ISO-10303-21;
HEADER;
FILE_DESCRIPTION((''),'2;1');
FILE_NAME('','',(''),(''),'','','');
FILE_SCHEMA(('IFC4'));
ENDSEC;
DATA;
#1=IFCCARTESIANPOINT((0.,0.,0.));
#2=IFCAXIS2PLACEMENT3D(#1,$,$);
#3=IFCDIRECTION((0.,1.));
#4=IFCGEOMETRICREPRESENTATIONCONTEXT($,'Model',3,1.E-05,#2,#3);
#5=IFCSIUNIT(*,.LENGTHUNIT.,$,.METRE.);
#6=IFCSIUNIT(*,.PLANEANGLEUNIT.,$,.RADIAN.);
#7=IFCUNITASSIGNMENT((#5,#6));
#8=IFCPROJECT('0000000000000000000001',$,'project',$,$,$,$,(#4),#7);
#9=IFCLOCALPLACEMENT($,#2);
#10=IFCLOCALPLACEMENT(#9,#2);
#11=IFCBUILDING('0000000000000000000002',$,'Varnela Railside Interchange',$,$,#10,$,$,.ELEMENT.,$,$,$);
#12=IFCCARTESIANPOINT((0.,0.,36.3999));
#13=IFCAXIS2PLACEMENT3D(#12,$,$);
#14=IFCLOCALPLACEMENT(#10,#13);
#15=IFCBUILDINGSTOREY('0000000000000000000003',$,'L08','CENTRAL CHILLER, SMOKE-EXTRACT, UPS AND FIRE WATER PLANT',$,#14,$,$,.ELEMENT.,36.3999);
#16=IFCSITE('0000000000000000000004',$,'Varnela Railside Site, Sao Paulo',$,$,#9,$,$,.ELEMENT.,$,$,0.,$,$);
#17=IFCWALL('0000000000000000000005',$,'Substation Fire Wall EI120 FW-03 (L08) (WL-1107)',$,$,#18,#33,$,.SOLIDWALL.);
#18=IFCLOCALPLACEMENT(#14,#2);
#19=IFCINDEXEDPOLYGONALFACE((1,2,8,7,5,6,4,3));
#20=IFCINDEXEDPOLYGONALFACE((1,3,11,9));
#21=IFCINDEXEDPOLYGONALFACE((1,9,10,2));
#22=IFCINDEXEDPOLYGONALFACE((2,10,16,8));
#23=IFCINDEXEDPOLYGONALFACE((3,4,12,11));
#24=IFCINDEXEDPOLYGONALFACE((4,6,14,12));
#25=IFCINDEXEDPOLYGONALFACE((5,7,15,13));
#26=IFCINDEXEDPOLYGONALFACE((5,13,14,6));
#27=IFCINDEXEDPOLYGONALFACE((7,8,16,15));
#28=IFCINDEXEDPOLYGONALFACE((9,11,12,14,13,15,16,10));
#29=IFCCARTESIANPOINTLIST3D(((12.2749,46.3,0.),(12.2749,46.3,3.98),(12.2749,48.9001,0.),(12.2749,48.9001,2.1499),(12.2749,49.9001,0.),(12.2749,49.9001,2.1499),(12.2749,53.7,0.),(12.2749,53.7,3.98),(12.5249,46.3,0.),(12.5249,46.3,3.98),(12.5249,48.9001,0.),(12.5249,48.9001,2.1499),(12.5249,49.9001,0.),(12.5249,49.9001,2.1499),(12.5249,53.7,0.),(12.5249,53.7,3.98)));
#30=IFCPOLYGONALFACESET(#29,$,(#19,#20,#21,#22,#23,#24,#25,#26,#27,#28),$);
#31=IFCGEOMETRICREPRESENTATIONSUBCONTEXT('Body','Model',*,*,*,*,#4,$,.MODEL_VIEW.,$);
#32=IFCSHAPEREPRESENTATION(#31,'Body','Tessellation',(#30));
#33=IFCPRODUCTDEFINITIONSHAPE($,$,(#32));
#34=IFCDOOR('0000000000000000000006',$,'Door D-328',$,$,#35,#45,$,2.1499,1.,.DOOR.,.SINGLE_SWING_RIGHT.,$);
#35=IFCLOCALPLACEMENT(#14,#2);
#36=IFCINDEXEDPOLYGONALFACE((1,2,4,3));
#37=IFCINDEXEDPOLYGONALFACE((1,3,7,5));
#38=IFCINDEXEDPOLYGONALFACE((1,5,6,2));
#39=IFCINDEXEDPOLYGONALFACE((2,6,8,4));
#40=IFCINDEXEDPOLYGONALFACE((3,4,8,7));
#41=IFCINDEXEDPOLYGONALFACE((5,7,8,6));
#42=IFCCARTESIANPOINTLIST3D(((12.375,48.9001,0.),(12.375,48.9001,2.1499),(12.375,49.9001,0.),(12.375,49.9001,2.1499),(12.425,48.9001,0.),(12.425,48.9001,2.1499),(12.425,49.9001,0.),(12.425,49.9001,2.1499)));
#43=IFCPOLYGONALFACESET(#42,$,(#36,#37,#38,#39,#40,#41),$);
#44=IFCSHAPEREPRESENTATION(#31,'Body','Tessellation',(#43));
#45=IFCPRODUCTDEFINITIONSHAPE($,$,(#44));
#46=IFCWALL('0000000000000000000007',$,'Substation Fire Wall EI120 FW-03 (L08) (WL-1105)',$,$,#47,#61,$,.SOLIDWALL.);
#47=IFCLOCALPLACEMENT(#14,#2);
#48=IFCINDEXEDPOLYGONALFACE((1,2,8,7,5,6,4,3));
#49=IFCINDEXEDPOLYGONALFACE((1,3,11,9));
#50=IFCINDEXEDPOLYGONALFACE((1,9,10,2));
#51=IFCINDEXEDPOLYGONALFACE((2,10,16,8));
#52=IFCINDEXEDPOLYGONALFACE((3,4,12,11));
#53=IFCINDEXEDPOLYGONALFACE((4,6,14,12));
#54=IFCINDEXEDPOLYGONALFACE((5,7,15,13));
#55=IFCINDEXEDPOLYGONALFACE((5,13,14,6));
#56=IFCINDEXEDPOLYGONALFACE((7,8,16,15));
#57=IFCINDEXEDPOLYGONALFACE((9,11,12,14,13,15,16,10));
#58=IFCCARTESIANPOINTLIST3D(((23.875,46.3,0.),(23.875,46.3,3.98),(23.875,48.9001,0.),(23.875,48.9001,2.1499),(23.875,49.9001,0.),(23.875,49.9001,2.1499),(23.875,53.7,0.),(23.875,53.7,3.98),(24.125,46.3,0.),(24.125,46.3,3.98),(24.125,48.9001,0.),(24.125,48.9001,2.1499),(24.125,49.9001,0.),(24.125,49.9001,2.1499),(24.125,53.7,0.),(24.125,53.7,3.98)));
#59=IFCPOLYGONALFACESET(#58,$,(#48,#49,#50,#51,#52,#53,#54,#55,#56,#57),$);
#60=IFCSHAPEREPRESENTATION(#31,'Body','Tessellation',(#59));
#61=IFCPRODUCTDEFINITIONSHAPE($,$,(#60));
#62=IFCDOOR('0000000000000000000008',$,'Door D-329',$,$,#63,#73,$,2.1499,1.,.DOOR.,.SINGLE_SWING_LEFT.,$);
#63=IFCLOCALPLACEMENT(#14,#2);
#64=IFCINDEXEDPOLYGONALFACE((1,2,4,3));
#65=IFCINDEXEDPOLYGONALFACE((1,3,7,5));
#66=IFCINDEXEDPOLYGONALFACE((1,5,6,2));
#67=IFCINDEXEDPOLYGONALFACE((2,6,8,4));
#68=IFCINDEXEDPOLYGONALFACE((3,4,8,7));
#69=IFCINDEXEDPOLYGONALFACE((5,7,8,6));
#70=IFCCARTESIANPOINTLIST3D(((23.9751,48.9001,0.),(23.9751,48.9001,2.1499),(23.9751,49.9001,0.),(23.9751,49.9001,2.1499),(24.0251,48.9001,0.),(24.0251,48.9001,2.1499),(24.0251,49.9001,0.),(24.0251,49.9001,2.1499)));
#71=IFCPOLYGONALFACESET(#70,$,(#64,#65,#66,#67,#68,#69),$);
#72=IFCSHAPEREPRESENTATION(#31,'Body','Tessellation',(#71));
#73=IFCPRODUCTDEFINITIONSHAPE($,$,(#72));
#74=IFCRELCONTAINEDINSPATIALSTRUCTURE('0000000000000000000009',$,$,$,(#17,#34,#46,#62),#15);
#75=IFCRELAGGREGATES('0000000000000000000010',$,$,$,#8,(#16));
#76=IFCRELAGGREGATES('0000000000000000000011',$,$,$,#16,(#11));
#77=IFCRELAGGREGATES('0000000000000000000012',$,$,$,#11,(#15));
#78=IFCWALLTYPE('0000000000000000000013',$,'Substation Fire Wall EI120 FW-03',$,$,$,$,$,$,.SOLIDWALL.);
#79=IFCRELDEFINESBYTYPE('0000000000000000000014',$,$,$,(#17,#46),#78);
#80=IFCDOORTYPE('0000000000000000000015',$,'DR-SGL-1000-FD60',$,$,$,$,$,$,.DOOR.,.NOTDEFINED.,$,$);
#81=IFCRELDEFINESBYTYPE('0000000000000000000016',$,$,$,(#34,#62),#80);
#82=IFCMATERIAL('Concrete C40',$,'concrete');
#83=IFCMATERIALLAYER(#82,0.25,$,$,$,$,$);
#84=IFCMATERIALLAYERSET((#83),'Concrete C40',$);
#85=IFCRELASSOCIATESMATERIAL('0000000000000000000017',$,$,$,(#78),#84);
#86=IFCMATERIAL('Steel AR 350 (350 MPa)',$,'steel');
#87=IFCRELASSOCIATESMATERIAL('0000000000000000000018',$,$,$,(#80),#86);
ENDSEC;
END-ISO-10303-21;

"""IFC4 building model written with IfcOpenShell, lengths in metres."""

from ifc_helpers import new_model, si_unit, direction, frame, frame_2d, origin, place, context, subcontext, project, spatial, rectangle, extrude, material, layer, layer_set, type_object, element, fill, save


model = new_model("IFC4")

# Units and contexts
model_context = context("Model", 3, precision=1e-05, world=origin(), true_north=direction((0.0, 1.0)))
body_context = subcontext(model_context, "Body", "Model", "MODEL_VIEW")
ifc_project = project(units=[si_unit("LENGTHUNIT", "METRE"), si_unit("PLANEANGLEUNIT", "RADIAN")], contexts=[model_context])

# Site, building, storey
site_placement = place(None, origin())
site = spatial("IfcSite", under=ifc_project, at=site_placement, Name="Varnela Railside Site, Sao Paulo", CompositionType="ELEMENT", RefElevation=0.0)
building_placement = place(site_placement, origin())
building = spatial("IfcBuilding", under=site, at=building_placement, Name="Varnela Railside Interchange", CompositionType="ELEMENT")
storey_placement = place(building_placement, frame((0.0, 0.0, 36.3999)))
storey = spatial("IfcBuildingStorey", under=building, at=storey_placement, Name="L08", Description="CENTRAL CHILLER, SMOKE-EXTRACT, UPS AND FIRE WATER PLANT", CompositionType="ELEMENT", Elevation=36.3999)

# Shared definitions
ifc_material_1 = material(Name="Steel AR 350 (350 MPa)", Category="steel")

# Walls, openings, doors
ifc_material_2 = material(Name="Concrete C40", Category="concrete")
ifc_layer_1 = layer(ifc_material_2, 0.25)
ifc_layer_set_1 = layer_set([ifc_layer_1], Name="Concrete C40")
wall_type_1 = type_object("IfcWallType", Name="Substation Fire Wall EI120 FW-03", PredefinedType="SOLIDWALL", material=ifc_layer_set_1)
wall_1_placement = place(storey_placement, frame((12.3999, 46.3, 0.0), z_axis=(0.0, 0.0, 1.0), x_axis=(0.0, 1.0, 0.0)))
wall_1 = element("IfcWall", 1, at=wall_1_placement, inside=storey, type_object=wall_type_1, Name="Substation Fire Wall EI120 FW-03 (L08) (WL-1107)", PredefinedType="SOLIDWALL", context=body_context, shape_type="SweptSolid", body=[
    extrude(rectangle(XDim=7.3999, YDim=0.25, at=frame_2d((3.7, 0.0))), origin(), (0.0, 0.0, 1.0), 3.98),
])
opening_1_placement = place(wall_1_placement, frame((2.6001, 0.0, 0.0)))
opening_1 = element("IfcOpeningElement", 2, at=opening_1_placement, cuts=wall_1, PredefinedType="OPENING", context=body_context, shape_type="SweptSolid", body=[
    extrude(rectangle(XDim=1.0, YDim=2.1499, at=frame_2d((0.5, 1.075))), frame((0.0, 0.135, 0.0), z_axis=(0.0, -1.0, 0.0), x_axis=(1.0, 0.0, 0.0)), (0.0, 0.0, 1.0), 0.27),
])
door_type = type_object("IfcDoorType", Name="DR-SGL-1000-FD60", OperationType="NOTDEFINED", PredefinedType="DOOR", material=ifc_material_1)
door_1_placement = place(opening_1_placement, origin())
door_1 = element("IfcDoor", 3, at=door_1_placement, inside=storey, type_object=door_type, Name="Door D-328", OperationType="SINGLE_SWING_RIGHT", OverallHeight=2.1499, OverallWidth=1.0, PredefinedType="DOOR", context=body_context, shape_type="SweptSolid", body=[
    extrude(rectangle(XDim=1.0, YDim=2.1499, at=frame_2d((0.5, 1.075))), frame((0.0, 0.0249, 0.0), z_axis=(0.0, -1.0, 0.0), x_axis=(1.0, 0.0, 0.0)), (0.0, 0.0, 1.0), 0.05),
])
fill(opening_1, door_1)
wall_2_placement = place(storey_placement, frame((24.0, 46.3, 0.0), z_axis=(0.0, 0.0, 1.0), x_axis=(0.0, 1.0, 0.0)))
wall_2 = element("IfcWall", 4, at=wall_2_placement, inside=storey, type_object=wall_type_1, Name="Substation Fire Wall EI120 FW-03 (L08) (WL-1105)", PredefinedType="SOLIDWALL", context=body_context, shape_type="SweptSolid", body=[
    extrude(rectangle(XDim=7.3999, YDim=0.25, at=frame_2d((3.7, 0.0))), origin(), (0.0, 0.0, 1.0), 3.98),
])
opening_2_placement = place(wall_2_placement, frame((2.6001, 0.0, 0.0)))
opening_2 = element("IfcOpeningElement", 5, at=opening_2_placement, cuts=wall_2, PredefinedType="OPENING", context=body_context, shape_type="SweptSolid", body=[
    extrude(rectangle(XDim=1.0, YDim=2.1499, at=frame_2d((0.5, 1.075))), frame((0.0, 0.135, 0.0), z_axis=(0.0, -1.0, 0.0), x_axis=(1.0, 0.0, 0.0)), (0.0, 0.0, 1.0), 0.27),
])
door_2_placement = place(opening_2_placement, origin())
door_2 = element("IfcDoor", 6, at=door_2_placement, inside=storey, type_object=door_type, Name="Door D-329", OperationType="SINGLE_SWING_LEFT", OverallHeight=2.1499, OverallWidth=1.0, PredefinedType="DOOR", context=body_context, shape_type="SweptSolid", body=[
    extrude(rectangle(XDim=1.0, YDim=2.1499, at=frame_2d((0.5, 1.075))), frame((0.0, 0.0249, 0.0), z_axis=(0.0, -1.0, 0.0), x_axis=(1.0, 0.0, 0.0)), (0.0, 0.0, 1.0), 0.05),
])
fill(opening_2, door_2)

save(model, "model.ifc")
